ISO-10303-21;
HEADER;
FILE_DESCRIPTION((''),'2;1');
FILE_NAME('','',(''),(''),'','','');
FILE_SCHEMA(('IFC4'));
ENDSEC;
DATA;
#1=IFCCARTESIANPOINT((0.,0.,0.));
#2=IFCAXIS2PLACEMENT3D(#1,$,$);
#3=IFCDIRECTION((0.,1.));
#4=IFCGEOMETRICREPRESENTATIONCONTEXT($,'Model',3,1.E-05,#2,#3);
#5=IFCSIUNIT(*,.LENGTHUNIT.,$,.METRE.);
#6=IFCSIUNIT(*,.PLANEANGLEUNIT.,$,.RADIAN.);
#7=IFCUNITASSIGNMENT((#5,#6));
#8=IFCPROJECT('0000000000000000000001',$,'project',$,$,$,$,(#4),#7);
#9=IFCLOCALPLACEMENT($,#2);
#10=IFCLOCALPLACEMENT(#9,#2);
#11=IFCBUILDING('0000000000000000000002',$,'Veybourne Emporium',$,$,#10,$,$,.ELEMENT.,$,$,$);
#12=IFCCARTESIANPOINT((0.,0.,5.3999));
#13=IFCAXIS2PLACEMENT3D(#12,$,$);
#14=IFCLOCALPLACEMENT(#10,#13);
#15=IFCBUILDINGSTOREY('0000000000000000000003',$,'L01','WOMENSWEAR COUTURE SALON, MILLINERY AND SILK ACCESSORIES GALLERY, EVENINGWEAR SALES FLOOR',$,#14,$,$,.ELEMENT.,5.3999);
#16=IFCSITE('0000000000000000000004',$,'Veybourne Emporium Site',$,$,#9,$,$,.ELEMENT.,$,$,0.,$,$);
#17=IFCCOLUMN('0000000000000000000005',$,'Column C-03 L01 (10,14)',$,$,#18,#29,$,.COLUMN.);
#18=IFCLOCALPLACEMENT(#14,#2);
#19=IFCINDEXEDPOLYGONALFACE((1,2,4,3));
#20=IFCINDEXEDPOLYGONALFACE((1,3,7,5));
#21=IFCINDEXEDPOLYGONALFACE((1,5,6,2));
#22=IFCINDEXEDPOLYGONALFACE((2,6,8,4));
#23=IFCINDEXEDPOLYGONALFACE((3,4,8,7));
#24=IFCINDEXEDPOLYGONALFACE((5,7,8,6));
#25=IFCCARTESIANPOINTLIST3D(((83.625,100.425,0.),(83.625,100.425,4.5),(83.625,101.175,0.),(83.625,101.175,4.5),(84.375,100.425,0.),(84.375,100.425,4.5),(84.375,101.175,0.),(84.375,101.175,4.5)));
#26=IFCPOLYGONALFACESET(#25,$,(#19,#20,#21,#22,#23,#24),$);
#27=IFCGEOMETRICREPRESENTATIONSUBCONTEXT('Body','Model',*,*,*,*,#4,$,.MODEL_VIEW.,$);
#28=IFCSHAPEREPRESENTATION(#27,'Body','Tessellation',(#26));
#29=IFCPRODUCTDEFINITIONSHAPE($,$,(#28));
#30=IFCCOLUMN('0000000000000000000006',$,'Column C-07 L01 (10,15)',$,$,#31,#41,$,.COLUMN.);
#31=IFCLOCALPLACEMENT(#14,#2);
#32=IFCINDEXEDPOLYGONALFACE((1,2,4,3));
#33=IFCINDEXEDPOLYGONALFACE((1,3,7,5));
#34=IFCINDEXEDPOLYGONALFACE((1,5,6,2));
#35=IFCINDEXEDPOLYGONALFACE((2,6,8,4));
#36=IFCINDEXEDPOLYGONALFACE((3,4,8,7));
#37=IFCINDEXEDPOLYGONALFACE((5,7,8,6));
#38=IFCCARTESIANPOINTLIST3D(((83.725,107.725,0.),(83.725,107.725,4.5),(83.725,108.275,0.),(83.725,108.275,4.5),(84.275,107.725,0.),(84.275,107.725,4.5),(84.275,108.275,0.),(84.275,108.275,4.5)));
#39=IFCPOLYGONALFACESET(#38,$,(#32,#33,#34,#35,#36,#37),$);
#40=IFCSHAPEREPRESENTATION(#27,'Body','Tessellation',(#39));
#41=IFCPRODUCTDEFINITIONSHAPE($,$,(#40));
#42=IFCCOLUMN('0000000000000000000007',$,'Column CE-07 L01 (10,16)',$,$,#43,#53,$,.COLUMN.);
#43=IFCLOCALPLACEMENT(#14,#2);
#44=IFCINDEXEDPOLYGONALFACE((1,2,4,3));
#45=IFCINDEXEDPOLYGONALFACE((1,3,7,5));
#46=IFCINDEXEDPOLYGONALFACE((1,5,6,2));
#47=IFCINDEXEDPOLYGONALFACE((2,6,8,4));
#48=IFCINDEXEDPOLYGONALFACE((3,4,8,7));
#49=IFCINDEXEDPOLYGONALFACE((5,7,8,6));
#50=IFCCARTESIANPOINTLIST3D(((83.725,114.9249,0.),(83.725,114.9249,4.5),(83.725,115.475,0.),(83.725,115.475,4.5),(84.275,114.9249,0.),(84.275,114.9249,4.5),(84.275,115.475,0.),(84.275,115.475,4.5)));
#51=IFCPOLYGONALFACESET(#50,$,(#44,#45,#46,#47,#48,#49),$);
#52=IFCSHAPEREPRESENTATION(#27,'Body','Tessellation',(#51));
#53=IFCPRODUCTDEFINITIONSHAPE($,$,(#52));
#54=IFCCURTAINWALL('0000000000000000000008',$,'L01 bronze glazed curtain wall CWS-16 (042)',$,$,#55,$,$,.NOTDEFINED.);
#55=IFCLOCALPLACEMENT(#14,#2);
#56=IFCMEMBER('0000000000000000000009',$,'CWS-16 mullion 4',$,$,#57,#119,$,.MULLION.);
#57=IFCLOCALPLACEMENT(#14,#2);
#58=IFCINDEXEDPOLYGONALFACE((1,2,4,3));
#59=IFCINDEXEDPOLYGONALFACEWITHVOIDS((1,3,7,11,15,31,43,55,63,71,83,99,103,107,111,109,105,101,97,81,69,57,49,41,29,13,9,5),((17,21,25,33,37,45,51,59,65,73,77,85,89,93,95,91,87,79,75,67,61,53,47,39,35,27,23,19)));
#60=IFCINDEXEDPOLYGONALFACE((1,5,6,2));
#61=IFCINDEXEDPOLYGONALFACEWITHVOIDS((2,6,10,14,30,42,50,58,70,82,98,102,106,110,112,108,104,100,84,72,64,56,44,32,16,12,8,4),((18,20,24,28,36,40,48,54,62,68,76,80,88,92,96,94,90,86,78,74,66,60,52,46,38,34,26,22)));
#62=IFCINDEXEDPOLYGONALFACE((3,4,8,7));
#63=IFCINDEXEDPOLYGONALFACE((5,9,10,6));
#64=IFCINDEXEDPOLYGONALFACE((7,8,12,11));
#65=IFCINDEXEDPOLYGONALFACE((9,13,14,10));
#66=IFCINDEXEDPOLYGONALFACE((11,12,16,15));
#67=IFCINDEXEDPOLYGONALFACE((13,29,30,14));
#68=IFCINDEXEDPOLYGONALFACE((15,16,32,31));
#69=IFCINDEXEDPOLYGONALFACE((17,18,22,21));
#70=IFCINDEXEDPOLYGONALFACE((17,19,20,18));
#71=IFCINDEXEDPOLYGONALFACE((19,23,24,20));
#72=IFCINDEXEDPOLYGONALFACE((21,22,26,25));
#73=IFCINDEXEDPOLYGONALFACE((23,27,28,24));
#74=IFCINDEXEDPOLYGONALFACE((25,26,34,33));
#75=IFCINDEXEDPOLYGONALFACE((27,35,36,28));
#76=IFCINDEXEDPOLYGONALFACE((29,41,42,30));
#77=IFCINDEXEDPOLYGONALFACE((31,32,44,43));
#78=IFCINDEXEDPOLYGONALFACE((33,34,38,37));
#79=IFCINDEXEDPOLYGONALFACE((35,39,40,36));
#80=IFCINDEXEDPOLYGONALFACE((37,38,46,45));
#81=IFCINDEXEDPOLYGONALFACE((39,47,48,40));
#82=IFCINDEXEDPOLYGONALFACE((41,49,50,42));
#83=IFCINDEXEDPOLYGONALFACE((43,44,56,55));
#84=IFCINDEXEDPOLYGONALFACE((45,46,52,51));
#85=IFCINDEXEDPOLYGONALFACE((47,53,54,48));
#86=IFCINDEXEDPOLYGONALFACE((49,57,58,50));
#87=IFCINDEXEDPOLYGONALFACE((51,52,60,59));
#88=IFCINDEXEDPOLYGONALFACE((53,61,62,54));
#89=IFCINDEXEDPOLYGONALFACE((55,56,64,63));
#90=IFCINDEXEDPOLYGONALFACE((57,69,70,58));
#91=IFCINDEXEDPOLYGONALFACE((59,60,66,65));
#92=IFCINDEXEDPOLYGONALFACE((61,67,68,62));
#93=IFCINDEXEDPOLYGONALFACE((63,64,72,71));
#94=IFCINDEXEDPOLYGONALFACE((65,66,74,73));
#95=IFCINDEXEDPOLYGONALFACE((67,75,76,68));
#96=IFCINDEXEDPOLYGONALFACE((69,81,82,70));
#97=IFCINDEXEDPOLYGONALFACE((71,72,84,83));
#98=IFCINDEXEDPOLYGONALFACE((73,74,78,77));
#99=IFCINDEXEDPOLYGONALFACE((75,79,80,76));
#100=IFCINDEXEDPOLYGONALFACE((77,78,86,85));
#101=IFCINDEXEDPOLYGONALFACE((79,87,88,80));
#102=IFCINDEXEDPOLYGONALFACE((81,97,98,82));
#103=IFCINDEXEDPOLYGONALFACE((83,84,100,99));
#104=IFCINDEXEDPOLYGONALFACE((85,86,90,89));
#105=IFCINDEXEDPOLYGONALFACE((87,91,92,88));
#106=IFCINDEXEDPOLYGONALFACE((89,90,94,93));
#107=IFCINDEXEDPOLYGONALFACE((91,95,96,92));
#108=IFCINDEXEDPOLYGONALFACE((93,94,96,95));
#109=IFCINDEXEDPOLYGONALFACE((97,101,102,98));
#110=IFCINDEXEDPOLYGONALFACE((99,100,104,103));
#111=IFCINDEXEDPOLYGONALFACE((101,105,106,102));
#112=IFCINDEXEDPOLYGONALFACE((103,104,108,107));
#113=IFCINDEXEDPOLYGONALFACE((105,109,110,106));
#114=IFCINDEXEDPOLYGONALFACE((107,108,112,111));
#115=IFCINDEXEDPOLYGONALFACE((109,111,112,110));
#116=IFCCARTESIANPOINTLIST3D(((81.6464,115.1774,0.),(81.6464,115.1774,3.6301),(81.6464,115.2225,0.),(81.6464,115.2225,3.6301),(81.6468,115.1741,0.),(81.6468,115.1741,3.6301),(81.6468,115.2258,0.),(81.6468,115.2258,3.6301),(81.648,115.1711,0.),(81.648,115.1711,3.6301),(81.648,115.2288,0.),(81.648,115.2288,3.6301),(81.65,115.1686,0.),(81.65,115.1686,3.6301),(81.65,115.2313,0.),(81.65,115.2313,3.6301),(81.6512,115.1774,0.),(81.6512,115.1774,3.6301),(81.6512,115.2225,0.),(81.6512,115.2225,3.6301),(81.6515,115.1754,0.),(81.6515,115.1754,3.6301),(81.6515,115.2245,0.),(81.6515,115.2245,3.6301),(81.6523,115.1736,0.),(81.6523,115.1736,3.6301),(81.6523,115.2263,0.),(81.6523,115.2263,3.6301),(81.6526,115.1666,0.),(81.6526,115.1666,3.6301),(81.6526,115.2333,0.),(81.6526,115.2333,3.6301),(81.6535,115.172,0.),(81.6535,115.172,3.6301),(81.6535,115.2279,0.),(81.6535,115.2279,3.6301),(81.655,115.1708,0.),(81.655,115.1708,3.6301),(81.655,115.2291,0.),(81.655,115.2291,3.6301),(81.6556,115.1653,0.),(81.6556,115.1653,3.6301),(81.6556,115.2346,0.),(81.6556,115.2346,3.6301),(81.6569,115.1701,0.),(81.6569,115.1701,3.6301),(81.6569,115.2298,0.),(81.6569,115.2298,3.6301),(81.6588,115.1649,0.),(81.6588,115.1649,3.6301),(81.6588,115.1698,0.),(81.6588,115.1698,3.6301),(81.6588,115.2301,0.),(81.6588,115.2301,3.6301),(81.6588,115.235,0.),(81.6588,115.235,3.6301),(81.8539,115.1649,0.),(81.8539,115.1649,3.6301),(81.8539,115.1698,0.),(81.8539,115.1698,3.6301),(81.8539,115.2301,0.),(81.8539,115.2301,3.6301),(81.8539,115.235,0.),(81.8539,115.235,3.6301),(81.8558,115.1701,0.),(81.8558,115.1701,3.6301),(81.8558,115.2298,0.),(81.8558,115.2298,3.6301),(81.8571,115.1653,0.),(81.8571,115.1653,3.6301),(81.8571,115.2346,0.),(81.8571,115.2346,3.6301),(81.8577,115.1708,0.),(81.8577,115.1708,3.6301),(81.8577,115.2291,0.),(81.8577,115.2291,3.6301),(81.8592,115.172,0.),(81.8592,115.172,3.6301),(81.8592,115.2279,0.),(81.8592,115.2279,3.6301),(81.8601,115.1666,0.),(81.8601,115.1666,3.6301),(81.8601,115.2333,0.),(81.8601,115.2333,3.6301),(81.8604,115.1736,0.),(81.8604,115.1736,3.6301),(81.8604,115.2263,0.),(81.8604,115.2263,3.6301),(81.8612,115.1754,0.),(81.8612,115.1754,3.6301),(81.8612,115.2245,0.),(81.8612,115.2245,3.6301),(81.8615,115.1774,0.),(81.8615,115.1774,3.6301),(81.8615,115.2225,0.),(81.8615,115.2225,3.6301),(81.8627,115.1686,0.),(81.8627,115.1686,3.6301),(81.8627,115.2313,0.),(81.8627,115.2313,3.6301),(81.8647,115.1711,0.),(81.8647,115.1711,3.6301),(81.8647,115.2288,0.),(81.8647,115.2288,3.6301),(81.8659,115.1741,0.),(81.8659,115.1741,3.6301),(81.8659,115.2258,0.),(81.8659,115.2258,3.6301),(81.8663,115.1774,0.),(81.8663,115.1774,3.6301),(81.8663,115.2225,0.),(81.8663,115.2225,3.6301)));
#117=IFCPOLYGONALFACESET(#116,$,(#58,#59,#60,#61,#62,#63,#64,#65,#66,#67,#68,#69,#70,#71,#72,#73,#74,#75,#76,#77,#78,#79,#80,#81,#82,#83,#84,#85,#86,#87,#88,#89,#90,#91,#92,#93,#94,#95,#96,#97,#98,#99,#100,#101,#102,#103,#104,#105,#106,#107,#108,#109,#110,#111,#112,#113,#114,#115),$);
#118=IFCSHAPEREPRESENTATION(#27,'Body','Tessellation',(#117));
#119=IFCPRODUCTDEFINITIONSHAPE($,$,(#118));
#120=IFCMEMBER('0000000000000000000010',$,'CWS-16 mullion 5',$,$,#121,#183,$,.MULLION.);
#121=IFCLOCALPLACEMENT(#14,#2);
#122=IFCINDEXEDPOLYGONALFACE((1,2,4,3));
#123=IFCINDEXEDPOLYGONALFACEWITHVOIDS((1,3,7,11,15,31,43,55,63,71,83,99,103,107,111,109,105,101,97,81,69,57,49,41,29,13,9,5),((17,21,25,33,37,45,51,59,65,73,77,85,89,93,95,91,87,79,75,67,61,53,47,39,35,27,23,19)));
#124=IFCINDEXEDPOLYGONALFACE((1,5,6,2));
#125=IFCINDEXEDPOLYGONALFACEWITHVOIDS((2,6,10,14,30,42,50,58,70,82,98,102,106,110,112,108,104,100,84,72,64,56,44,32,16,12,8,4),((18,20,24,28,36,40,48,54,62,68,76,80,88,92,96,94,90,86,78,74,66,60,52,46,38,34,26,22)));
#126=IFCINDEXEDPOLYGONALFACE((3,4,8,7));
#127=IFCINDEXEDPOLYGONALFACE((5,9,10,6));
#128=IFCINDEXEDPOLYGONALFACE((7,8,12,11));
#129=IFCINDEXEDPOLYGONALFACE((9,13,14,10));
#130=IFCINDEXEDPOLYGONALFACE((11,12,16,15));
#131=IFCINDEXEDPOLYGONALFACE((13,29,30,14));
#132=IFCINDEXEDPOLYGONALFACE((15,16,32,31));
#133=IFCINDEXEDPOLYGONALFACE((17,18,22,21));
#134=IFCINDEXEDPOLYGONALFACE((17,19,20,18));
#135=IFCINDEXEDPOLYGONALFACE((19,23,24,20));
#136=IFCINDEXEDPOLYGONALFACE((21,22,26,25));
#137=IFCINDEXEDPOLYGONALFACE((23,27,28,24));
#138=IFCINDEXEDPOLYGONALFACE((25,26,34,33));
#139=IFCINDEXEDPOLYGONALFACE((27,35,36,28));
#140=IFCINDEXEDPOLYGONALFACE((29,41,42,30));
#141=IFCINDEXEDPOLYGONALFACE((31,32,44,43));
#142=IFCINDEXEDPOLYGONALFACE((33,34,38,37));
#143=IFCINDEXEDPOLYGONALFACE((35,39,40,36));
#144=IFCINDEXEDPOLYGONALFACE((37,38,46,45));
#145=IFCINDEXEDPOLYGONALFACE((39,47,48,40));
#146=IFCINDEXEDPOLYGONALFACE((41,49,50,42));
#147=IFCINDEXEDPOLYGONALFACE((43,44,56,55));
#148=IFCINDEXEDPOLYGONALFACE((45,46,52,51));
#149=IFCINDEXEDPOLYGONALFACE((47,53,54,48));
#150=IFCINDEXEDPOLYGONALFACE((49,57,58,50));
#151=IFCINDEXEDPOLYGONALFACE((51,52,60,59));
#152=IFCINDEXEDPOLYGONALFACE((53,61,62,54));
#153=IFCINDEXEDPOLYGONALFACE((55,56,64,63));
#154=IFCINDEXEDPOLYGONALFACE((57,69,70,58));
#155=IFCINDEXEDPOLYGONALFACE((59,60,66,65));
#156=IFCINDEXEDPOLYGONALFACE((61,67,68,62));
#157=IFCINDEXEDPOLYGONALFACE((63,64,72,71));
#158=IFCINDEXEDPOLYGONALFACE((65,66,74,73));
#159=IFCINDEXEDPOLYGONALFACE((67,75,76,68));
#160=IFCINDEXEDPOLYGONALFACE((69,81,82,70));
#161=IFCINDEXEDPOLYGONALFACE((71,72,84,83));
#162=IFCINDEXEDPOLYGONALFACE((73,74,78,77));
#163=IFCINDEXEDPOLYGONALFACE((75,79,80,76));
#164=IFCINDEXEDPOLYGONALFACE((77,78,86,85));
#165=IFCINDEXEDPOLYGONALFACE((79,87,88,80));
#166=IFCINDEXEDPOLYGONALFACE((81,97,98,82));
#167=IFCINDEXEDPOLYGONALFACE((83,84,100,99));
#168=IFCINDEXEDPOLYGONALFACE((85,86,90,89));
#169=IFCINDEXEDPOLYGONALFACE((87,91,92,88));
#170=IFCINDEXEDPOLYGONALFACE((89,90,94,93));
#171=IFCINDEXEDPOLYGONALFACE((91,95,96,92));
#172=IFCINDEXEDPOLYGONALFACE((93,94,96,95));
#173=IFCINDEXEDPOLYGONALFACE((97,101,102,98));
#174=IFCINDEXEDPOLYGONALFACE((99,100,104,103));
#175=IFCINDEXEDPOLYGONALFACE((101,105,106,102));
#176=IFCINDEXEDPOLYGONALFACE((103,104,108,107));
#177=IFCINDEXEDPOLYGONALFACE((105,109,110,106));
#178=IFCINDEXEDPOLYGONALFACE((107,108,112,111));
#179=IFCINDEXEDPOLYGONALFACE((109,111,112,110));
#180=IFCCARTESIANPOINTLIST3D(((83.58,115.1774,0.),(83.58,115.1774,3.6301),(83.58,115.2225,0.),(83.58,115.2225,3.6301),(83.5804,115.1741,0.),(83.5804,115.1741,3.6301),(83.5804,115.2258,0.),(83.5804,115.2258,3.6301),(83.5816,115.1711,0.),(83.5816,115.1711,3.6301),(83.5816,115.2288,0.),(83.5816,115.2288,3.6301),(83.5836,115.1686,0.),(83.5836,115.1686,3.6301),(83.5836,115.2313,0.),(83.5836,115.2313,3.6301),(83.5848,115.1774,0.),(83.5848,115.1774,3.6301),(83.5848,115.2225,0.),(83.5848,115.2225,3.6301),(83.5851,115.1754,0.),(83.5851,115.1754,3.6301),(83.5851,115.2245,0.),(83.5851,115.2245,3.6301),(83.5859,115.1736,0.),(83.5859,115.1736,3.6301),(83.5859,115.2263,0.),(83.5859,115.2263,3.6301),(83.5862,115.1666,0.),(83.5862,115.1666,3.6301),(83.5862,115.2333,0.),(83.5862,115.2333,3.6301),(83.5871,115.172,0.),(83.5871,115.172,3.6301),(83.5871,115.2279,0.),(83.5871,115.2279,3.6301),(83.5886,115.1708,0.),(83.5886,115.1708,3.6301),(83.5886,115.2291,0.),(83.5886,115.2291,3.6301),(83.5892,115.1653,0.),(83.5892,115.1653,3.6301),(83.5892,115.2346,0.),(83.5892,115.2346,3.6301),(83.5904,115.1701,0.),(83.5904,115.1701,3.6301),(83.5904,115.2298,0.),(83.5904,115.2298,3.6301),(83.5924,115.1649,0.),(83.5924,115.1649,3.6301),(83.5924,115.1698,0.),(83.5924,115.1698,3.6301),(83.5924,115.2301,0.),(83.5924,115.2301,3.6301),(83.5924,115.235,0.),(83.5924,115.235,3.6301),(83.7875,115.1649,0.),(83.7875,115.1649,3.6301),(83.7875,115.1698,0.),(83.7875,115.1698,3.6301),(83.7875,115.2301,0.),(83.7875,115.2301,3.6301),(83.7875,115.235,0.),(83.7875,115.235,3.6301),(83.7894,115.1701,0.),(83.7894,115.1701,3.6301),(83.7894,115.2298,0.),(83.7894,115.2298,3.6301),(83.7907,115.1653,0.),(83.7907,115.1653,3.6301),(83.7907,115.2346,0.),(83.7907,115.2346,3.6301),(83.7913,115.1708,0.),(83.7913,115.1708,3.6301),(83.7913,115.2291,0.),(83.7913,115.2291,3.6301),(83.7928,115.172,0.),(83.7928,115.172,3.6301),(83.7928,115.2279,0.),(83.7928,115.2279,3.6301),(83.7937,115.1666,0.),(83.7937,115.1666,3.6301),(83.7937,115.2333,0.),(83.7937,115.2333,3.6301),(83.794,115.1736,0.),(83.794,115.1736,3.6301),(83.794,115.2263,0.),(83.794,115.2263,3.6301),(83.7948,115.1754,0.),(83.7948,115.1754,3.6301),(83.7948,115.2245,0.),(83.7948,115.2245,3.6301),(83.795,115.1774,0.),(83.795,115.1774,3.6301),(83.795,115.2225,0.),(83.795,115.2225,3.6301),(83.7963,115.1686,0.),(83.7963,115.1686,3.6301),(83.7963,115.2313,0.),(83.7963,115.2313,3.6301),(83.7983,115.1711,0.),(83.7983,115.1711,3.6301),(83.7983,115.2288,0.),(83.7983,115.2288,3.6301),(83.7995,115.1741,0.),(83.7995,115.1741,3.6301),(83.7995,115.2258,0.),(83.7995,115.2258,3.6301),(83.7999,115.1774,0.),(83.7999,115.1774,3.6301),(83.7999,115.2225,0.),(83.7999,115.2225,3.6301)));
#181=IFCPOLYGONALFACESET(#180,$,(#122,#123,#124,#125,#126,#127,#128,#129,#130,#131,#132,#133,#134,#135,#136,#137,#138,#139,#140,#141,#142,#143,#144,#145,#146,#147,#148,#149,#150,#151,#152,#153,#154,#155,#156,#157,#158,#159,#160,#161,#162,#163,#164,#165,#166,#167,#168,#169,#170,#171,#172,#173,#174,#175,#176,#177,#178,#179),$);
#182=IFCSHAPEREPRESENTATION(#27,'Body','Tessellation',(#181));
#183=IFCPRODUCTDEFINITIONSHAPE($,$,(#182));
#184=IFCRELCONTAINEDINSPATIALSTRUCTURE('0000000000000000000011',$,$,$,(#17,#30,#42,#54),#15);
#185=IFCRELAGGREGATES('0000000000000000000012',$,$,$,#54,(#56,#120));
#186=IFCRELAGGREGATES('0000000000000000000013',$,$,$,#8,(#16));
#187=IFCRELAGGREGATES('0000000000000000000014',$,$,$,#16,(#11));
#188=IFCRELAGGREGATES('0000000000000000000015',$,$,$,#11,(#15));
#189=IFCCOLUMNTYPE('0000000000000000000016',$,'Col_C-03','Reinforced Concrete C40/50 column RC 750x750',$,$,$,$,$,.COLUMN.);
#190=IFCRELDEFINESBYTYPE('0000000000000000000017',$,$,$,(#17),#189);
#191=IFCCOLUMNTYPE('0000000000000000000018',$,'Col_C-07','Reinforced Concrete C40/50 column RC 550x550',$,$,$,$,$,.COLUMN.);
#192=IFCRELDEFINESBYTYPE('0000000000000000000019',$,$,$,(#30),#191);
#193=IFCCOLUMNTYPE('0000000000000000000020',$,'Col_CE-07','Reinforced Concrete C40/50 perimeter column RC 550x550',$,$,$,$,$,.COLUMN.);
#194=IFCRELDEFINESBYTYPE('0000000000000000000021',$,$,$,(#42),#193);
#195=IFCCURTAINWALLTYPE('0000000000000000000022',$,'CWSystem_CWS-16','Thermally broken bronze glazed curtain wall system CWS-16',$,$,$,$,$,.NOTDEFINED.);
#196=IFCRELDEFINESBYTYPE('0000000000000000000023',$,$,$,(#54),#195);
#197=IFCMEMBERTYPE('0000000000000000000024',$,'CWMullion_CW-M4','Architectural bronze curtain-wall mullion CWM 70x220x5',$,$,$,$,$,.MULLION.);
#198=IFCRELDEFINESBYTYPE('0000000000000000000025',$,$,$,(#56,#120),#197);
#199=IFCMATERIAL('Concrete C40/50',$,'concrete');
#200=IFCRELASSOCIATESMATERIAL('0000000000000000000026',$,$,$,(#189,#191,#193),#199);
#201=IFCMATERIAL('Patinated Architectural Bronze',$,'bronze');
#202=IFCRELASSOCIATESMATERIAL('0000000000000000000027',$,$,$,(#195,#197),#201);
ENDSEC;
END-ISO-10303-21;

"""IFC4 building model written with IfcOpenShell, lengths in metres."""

from ifc_helpers import new_model, si_unit, direction, frame, origin, origin_2d, place, context, subcontext, project, spatial, rectangle, hollow_rectangle, extrude, material, material_profile, profile_set, type_object, element, aggregate, save


model = new_model("IFC4")

# Units and contexts
model_context = context("Model", 3, precision=1e-05, world=origin(), true_north=direction((0.0, 1.0)))
body_context = subcontext(model_context, "Body", "Model", "MODEL_VIEW")
ifc_project = project(units=[si_unit("LENGTHUNIT", "METRE"), si_unit("PLANEANGLEUNIT", "RADIAN")], contexts=[model_context])

# Site, building, storey
site_placement = place(None, origin())
site = spatial("IfcSite", under=ifc_project, at=site_placement, Name="Veybourne Emporium Site", CompositionType="ELEMENT", RefElevation=0.0)
building_placement = place(site_placement, origin())
building = spatial("IfcBuilding", under=site, at=building_placement, Name="Veybourne Emporium", CompositionType="ELEMENT")
storey_placement = place(building_placement, frame((0.0, 0.0, 5.3999)))
storey = spatial("IfcBuildingStorey", under=building, at=storey_placement, Name="L01", Description="WOMENSWEAR COUTURE SALON, MILLINERY AND SILK ACCESSORIES GALLERY, EVENINGWEAR SALES FLOOR", CompositionType="ELEMENT", Elevation=5.3999)

# Columns
ifc_material_1 = material(Name="Concrete C40/50", Category="concrete")
ifc_material_profile_1 = material_profile(ifc_material_1, rectangle(XDim=0.75, YDim=0.75, at=origin_2d()), Name="RC 750x750")
ifc_profile_set_1 = profile_set([ifc_material_profile_1], Name="Concrete C40/50")
column_type_1 = type_object("IfcColumnType", Name="Col_C-03", Description="Reinforced Concrete C40/50 column RC 750x750", PredefinedType="COLUMN", material=ifc_profile_set_1)
column_1_placement = place(storey_placement, frame((84.0, 100.8, 0.0), z_axis=(0.0, 0.0, 1.0), x_axis=(1.0, 0.0, 0.0)))
element("IfcColumn", 1, at=column_1_placement, inside=storey, type_object=column_type_1, Name="Column C-03 L01 (10,14)", PredefinedType="COLUMN", context=body_context, shape_type="SweptSolid", body=[
    extrude(rectangle(XDim=0.75, YDim=0.75, at=origin_2d()), origin(), (0.0, 0.0, 1.0), 4.5),
])
ifc_material_profile_2 = material_profile(ifc_material_1, rectangle(XDim=0.55, YDim=0.55, at=origin_2d()), Name="RC 550x550")
ifc_profile_set_2 = profile_set([ifc_material_profile_2], Name="Concrete C40/50")
column_type_2 = type_object("IfcColumnType", Name="Col_C-07", Description="Reinforced Concrete C40/50 column RC 550x550", PredefinedType="COLUMN", material=ifc_profile_set_2)
column_2_placement = place(storey_placement, frame((84.0, 108.0, 0.0), z_axis=(0.0, 0.0, 1.0), x_axis=(1.0, 0.0, 0.0)))
element("IfcColumn", 2, at=column_2_placement, inside=storey, type_object=column_type_2, Name="Column C-07 L01 (10,15)", PredefinedType="COLUMN", context=body_context, shape_type="SweptSolid", body=[
    extrude(rectangle(XDim=0.55, YDim=0.55, at=origin_2d()), origin(), (0.0, 0.0, 1.0), 4.5),
])
ifc_material_profile_3 = material_profile(ifc_material_1, rectangle(XDim=0.55, YDim=0.55, at=origin_2d()), Name="RC 550x550")
ifc_profile_set_3 = profile_set([ifc_material_profile_3], Name="Concrete C40/50")
column_type_3 = type_object("IfcColumnType", Name="Col_CE-07", Description="Reinforced Concrete C40/50 perimeter column RC 550x550", PredefinedType="COLUMN", material=ifc_profile_set_3)
column_3_placement = place(storey_placement, frame((84.0, 115.2, 0.0), z_axis=(0.0, 0.0, 1.0), x_axis=(1.0, 0.0, 0.0)))
element("IfcColumn", 3, at=column_3_placement, inside=storey, type_object=column_type_3, Name="Column CE-07 L01 (10,16)", PredefinedType="COLUMN", context=body_context, shape_type="SweptSolid", body=[
    extrude(rectangle(XDim=0.55, YDim=0.55, at=origin_2d()), origin(), (0.0, 0.0, 1.0), 4.5),
])

# Curtain wall, members
ifc_material_2 = material(Name="Patinated Architectural Bronze", Category="bronze")
curtain_wall_type = type_object("IfcCurtainWallType", Name="CWSystem_CWS-16", Description="Thermally broken bronze glazed curtain wall system CWS-16", PredefinedType="NOTDEFINED", material=ifc_material_2)
curtain_wall_placement = place(storey_placement, origin())
curtain_wall = element("IfcCurtainWall", 4, at=curtain_wall_placement, inside=storey, type_object=curtain_wall_type, Name="L01 bronze glazed curtain wall CWS-16 (042)", PredefinedType="NOTDEFINED")
ifc_material_profile_4 = material_profile(ifc_material_2, hollow_rectangle(XDim=0.0701, YDim=0.22, WallThickness=0.0049, InnerFilletRadius=0.0076, OuterFilletRadius=0.0125, at=origin_2d()), Name="CWM 70x220x5")
ifc_profile_set_4 = profile_set([ifc_material_profile_4], Name="Patinated Architectural Bronze")
member_type_1 = type_object("IfcMemberType", Name="CWMullion_CW-M4", Description="Architectural bronze curtain-wall mullion CWM 70x220x5", PredefinedType="MULLION", material=ifc_profile_set_4)
member_1_placement = place(storey_placement, frame((81.7563, 115.2, 0.0), z_axis=(0.0, 0.0, 1.0), x_axis=(0.0, 1.0, 0.0)))
member_1 = element("IfcMember", 5, at=member_1_placement, type_object=member_type_1, Name="CWS-16 mullion 4", PredefinedType="MULLION", context=body_context, shape_type="SweptSolid", body=[
    extrude(hollow_rectangle(XDim=0.0701, YDim=0.22, WallThickness=0.0049, InnerFilletRadius=0.0076, OuterFilletRadius=0.0125, at=origin_2d()), origin(), (0.0, 0.0, 1.0), 3.6301),
])
member_2_placement = place(storey_placement, frame((83.6899, 115.2, 0.0), z_axis=(0.0, 0.0, 1.0), x_axis=(0.0, 1.0, 0.0)))
member_2 = element("IfcMember", 6, at=member_2_placement, type_object=member_type_1, Name="CWS-16 mullion 5", PredefinedType="MULLION", context=body_context, shape_type="SweptSolid", body=[
    extrude(hollow_rectangle(XDim=0.0701, YDim=0.22, WallThickness=0.0049, InnerFilletRadius=0.0076, OuterFilletRadius=0.0125, at=origin_2d()), origin(), (0.0, 0.0, 1.0), 3.6301),
])

aggregate(curtain_wall, [member_1, member_2])

save(model, "model.ifc")
